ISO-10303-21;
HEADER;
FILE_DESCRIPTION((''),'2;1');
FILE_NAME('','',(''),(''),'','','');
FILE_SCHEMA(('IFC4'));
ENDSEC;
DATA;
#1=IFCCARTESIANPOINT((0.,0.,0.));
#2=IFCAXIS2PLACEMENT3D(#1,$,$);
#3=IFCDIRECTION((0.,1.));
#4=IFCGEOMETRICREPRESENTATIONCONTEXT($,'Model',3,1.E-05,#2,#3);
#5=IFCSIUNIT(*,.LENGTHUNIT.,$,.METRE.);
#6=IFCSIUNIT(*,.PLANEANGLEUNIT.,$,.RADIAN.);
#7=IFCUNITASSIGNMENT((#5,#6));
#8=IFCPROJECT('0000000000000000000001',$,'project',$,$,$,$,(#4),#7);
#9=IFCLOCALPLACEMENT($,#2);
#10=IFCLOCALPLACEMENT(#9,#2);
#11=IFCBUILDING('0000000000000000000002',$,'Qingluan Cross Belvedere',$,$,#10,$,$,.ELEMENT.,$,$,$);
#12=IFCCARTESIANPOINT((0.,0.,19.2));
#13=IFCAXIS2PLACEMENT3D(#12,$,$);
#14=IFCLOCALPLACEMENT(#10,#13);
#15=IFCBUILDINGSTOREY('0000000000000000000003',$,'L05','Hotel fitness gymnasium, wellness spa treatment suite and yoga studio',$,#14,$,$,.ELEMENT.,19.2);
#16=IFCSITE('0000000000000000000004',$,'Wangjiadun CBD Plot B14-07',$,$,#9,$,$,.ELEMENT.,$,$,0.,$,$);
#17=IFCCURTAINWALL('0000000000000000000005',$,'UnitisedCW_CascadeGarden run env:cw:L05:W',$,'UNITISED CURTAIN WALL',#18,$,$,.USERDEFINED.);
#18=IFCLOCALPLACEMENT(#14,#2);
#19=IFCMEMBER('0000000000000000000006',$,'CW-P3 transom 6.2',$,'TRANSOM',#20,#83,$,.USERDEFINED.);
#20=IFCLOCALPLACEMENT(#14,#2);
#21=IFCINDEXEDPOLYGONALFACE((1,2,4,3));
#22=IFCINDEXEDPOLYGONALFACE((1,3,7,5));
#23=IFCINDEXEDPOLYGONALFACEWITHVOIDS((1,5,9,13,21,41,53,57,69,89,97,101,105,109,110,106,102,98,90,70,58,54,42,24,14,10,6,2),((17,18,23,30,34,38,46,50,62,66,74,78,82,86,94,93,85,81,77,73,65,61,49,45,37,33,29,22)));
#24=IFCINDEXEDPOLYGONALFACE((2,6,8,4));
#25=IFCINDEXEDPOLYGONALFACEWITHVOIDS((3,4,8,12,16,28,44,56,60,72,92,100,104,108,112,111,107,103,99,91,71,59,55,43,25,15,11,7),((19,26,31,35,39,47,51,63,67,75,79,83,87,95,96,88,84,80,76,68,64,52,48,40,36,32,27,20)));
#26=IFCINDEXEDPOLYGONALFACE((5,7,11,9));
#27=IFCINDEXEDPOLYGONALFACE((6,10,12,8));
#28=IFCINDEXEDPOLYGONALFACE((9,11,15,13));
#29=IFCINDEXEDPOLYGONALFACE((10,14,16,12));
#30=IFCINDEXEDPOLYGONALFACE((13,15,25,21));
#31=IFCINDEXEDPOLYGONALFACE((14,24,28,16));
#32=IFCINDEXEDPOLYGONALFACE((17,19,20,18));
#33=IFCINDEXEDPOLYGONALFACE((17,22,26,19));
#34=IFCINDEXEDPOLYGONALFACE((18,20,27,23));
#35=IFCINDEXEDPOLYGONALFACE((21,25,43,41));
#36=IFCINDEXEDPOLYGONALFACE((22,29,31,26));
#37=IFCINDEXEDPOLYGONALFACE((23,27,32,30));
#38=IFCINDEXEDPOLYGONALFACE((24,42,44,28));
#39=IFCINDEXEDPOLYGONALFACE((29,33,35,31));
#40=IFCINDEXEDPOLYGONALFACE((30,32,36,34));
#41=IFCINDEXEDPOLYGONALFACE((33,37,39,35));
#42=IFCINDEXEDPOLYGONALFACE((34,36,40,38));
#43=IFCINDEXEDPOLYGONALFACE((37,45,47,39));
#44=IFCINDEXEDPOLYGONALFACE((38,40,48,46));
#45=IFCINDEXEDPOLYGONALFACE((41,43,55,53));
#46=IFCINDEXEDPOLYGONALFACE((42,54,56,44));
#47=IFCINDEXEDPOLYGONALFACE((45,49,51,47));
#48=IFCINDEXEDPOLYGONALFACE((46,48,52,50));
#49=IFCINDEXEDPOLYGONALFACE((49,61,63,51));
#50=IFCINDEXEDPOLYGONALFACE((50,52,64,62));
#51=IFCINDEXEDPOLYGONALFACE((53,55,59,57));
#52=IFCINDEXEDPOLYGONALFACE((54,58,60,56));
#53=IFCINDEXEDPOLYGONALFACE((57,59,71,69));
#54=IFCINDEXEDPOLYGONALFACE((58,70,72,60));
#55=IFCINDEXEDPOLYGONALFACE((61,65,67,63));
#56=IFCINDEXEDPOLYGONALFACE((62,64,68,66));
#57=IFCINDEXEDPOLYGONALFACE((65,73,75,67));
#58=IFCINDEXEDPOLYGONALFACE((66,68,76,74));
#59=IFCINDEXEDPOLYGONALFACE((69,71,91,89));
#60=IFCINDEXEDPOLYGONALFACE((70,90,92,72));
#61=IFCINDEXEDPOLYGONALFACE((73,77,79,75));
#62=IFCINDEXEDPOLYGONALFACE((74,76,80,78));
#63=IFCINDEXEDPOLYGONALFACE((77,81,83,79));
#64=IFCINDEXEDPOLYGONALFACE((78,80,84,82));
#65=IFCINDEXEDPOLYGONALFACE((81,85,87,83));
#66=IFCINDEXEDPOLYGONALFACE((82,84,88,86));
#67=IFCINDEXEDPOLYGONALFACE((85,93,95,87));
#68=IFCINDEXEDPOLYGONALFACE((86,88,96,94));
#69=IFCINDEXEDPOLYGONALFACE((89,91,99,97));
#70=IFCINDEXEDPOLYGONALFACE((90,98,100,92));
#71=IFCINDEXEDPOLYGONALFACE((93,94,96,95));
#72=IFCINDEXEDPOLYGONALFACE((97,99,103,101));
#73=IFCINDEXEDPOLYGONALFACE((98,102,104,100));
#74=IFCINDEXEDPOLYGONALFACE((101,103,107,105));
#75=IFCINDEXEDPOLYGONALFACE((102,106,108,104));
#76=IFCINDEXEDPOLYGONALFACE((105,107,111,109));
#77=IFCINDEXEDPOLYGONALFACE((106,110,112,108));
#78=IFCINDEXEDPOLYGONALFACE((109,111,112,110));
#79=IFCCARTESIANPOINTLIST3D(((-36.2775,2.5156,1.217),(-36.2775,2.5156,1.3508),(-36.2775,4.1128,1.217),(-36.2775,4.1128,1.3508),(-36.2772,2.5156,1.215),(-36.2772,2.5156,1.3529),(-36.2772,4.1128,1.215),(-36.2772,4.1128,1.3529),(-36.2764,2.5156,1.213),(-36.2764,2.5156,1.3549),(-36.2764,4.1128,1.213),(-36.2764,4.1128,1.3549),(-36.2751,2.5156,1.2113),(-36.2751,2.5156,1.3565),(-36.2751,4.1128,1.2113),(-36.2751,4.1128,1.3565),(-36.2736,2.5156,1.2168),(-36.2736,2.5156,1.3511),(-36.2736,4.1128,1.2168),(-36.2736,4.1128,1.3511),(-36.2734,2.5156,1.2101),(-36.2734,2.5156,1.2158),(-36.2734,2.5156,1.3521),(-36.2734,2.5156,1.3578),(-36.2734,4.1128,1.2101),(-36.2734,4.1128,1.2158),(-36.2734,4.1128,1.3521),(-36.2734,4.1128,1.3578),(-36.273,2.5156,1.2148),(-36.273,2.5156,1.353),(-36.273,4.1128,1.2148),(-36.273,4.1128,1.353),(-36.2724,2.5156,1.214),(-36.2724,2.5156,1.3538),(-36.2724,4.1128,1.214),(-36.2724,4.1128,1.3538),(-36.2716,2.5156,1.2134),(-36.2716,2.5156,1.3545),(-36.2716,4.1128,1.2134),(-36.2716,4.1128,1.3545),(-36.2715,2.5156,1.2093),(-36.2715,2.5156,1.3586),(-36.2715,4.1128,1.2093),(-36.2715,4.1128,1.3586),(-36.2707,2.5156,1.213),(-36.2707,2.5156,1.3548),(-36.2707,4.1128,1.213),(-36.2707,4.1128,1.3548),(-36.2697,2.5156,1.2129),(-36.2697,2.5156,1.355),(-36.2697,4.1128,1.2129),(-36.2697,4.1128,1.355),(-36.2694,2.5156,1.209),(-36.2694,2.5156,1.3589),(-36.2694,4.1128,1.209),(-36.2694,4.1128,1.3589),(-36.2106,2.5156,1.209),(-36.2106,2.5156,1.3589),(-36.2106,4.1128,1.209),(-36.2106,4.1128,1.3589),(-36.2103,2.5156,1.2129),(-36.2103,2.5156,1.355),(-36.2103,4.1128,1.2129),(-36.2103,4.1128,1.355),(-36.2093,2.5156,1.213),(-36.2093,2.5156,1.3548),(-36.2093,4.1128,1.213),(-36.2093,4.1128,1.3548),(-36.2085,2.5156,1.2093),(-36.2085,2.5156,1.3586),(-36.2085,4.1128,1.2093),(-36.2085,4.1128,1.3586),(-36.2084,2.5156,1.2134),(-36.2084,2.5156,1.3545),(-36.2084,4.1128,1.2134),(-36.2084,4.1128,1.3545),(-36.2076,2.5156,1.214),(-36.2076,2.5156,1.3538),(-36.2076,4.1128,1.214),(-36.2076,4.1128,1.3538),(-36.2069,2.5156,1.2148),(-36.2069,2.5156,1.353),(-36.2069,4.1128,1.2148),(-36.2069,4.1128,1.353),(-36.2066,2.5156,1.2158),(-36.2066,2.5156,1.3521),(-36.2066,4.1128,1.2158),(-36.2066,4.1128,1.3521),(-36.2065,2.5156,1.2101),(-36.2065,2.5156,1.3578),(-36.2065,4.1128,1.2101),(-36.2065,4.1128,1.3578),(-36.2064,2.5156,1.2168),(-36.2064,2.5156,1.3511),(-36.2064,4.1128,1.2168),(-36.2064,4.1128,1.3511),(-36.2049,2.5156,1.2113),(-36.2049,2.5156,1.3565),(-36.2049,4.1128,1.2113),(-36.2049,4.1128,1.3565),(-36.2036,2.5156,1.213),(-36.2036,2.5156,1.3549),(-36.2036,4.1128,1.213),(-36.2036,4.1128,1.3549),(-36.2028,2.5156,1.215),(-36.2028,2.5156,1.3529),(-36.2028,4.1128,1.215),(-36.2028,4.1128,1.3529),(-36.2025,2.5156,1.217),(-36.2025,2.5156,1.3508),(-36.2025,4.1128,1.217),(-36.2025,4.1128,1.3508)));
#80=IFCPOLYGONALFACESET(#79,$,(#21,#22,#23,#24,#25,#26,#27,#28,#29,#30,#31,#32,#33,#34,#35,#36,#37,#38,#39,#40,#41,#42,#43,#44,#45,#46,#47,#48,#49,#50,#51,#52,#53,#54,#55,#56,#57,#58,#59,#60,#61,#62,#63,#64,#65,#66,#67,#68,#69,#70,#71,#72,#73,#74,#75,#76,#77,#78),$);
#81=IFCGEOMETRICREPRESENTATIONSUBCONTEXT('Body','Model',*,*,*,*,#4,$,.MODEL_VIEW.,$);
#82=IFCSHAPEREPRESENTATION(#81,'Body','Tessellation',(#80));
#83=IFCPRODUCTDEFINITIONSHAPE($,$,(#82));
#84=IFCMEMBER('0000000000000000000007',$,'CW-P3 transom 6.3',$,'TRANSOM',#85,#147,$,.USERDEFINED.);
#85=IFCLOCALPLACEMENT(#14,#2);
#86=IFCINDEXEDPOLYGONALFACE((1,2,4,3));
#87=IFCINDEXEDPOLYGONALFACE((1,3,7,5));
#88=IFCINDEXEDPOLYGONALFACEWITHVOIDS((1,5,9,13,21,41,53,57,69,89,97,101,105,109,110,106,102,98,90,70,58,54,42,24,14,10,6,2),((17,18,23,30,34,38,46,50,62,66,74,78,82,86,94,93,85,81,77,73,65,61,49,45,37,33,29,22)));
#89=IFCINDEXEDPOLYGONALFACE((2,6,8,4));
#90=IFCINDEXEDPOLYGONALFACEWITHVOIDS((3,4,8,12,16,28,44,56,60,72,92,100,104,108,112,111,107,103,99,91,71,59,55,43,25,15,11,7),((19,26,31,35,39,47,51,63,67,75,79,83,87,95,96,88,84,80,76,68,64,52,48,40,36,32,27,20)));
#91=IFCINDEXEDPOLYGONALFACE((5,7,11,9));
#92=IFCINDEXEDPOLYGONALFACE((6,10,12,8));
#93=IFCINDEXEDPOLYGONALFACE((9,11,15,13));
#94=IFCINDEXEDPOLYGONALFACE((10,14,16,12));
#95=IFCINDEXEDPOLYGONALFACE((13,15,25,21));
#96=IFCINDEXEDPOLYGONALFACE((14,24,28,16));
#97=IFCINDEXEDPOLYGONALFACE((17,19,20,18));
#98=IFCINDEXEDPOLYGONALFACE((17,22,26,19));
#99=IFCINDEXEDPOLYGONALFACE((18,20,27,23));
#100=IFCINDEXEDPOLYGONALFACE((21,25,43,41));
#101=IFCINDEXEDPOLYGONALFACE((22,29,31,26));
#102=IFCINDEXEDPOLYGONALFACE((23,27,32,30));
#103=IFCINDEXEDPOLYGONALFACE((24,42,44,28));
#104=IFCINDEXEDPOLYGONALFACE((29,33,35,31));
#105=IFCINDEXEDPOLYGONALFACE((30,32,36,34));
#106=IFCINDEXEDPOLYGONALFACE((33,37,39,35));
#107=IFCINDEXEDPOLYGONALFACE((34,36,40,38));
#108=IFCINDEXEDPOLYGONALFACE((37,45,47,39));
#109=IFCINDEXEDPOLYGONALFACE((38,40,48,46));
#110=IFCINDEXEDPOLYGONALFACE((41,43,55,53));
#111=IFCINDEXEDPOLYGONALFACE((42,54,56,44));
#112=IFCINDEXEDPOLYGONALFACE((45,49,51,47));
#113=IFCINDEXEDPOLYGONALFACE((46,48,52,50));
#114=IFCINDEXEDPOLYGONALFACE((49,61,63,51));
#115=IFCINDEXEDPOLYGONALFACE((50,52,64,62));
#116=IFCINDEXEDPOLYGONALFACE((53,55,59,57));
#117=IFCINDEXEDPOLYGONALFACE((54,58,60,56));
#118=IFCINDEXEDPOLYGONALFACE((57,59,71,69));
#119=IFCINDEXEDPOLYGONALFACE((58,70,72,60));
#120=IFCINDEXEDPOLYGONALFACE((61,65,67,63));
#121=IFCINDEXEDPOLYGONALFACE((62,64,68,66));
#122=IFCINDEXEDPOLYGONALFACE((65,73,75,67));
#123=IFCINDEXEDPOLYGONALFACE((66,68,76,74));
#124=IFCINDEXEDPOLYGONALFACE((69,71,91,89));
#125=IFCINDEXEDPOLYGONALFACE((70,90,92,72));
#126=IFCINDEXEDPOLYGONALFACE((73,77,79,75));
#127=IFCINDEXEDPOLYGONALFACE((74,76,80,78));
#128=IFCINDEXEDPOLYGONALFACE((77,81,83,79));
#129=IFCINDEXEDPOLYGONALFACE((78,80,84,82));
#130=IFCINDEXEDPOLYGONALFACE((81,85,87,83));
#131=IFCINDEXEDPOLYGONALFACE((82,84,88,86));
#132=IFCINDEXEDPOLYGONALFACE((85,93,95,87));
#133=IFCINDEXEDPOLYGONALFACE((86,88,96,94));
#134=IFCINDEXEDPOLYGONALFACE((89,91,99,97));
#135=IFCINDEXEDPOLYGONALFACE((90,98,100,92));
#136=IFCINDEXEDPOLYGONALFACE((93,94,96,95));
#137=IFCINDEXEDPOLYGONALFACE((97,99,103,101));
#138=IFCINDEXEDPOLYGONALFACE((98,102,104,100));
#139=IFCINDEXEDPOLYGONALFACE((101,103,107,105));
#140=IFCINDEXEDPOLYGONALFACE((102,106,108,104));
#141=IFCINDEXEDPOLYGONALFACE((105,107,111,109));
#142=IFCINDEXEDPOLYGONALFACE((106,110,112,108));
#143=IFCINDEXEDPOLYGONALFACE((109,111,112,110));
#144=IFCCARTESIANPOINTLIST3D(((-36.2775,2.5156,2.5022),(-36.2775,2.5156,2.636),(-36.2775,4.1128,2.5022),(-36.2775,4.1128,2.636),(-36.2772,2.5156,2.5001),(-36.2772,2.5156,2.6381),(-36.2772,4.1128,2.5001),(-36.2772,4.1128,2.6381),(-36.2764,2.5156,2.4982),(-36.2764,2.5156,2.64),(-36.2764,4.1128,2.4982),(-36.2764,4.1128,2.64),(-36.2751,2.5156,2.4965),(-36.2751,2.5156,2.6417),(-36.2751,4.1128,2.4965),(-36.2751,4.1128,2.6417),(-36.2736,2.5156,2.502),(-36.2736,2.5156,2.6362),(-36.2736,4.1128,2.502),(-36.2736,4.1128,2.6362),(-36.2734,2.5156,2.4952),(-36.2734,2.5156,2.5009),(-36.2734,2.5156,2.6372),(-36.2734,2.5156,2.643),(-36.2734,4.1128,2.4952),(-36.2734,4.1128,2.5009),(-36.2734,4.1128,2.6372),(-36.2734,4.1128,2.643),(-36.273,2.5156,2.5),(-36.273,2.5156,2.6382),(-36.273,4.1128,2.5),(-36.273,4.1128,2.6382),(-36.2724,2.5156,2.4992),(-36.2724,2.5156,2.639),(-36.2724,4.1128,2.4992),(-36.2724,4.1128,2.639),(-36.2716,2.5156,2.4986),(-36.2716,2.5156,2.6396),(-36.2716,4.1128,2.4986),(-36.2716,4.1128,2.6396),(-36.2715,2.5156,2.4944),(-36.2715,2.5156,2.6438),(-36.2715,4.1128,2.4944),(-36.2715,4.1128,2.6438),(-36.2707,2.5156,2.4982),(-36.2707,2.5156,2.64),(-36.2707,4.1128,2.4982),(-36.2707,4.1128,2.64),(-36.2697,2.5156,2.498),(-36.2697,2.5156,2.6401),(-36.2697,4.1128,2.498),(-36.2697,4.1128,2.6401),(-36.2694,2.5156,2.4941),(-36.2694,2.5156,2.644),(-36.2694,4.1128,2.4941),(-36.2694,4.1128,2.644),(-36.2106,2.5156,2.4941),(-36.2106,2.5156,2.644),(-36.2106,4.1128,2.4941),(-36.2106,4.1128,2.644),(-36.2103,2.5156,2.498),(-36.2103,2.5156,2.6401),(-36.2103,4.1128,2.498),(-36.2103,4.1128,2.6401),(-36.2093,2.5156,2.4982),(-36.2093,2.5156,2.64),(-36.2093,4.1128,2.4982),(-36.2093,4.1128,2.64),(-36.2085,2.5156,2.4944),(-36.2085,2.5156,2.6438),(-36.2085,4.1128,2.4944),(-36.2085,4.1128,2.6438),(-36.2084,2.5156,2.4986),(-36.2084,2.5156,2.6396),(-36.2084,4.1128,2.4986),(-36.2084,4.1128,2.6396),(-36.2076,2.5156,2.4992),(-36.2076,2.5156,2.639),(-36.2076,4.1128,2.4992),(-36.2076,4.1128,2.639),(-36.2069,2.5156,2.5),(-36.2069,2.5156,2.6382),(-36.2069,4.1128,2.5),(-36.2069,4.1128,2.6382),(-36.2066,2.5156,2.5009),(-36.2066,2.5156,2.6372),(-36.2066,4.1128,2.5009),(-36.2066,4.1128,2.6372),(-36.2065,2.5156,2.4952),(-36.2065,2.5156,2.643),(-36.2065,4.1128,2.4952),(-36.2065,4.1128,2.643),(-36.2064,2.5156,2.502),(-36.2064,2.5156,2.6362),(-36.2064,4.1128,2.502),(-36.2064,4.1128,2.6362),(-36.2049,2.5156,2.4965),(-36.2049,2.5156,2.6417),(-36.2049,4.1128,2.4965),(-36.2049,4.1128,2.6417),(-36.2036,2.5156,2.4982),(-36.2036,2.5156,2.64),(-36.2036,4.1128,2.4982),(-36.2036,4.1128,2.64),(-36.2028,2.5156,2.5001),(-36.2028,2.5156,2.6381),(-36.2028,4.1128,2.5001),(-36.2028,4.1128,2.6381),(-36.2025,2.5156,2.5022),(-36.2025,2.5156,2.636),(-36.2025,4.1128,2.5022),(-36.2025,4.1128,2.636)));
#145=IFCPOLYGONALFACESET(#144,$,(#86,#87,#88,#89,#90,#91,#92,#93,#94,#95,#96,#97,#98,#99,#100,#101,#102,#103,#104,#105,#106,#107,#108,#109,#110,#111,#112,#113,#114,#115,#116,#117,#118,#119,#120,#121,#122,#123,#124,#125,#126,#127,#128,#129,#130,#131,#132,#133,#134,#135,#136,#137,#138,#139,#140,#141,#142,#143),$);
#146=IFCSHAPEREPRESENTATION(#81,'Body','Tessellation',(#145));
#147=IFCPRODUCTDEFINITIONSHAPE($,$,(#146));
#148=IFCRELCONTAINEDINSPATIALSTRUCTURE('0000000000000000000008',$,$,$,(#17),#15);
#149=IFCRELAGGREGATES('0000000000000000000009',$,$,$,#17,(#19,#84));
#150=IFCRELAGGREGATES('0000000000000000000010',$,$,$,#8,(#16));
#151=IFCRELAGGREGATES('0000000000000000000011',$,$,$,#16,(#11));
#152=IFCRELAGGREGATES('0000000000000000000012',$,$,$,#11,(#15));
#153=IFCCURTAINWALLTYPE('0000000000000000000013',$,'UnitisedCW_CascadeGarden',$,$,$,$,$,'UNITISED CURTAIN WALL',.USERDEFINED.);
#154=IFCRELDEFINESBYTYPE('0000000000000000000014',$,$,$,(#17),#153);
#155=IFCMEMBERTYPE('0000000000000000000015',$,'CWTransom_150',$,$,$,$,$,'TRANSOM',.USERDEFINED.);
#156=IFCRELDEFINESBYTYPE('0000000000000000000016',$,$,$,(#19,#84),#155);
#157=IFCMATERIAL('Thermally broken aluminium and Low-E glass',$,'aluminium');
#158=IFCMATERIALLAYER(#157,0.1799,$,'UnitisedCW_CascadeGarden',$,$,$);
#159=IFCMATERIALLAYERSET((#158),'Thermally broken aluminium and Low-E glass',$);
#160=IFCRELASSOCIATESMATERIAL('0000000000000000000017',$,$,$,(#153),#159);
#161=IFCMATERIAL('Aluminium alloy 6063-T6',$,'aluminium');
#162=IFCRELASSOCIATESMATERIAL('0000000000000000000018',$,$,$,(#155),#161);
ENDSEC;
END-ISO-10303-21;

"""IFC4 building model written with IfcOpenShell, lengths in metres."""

from ifc_helpers import new_model, si_unit, direction, frame, origin, origin_2d, place, context, subcontext, project, spatial, hollow_rectangle, extrude, material, layer, layer_set, material_profile, profile_set, type_object, element, aggregate, save


model = new_model("IFC4")

# Units and contexts
model_context = context("Model", 3, precision=1e-05, world=origin(), true_north=direction((0.0, 1.0)))
body_context = subcontext(model_context, "Body", "Model", "MODEL_VIEW")
ifc_project = project(units=[si_unit("LENGTHUNIT", "METRE"), si_unit("PLANEANGLEUNIT", "RADIAN")], contexts=[model_context])

# Site, building, storey
site_placement = place(None, origin())
site = spatial("IfcSite", under=ifc_project, at=site_placement, Name="Wangjiadun CBD Plot B14-07", CompositionType="ELEMENT", RefElevation=0.0)
building_placement = place(site_placement, origin())
building = spatial("IfcBuilding", under=site, at=building_placement, Name="Qingluan Cross Belvedere", CompositionType="ELEMENT")
storey_placement = place(building_placement, frame((0.0, 0.0, 19.2)))
storey = spatial("IfcBuildingStorey", under=building, at=storey_placement, Name="L05", Description="Hotel fitness gymnasium, wellness spa treatment suite and yoga studio", CompositionType="ELEMENT", Elevation=19.2)

# Curtain wall, members
ifc_material_1 = material(Name="Thermally broken aluminium and Low-E glass", Category="aluminium")
ifc_layer_1 = layer(ifc_material_1, 0.1799, Name="UnitisedCW_CascadeGarden")
ifc_layer_set_1 = layer_set([ifc_layer_1], Name="Thermally broken aluminium and Low-E glass")
curtain_wall_type = type_object("IfcCurtainWallType", Name="UnitisedCW_CascadeGarden", ElementType="UNITISED CURTAIN WALL", PredefinedType="USERDEFINED", material=ifc_layer_set_1)
curtain_wall_placement = place(storey_placement, origin())
curtain_wall = element("IfcCurtainWall", 1, at=curtain_wall_placement, inside=storey, type_object=curtain_wall_type, Name="UnitisedCW_CascadeGarden run env:cw:L05:W", ObjectType="UNITISED CURTAIN WALL", PredefinedType="USERDEFINED")
ifc_material_2 = material(Name="Aluminium alloy 6063-T6", Category="aluminium")
ifc_material_profile_1 = material_profile(ifc_material_2, hollow_rectangle(XDim=0.075, YDim=0.1499, WallThickness=0.0039, InnerFilletRadius=0.0039, OuterFilletRadius=0.0081, at=origin_2d()), Name="CWT150x75x4")
ifc_profile_set_1 = profile_set([ifc_material_profile_1], Name="Aluminium alloy 6063-T6")
member_type_1 = type_object("IfcMemberType", Name="CWTransom_150", ElementType="TRANSOM", PredefinedType="USERDEFINED", material=ifc_profile_set_1)
member_1_placement = place(storey_placement, frame((-36.24, 2.5156, 1.2839), z_axis=(0.0, 1.0, 0.0), x_axis=(-1.0, 0.0, 0.0)))
member_1 = element("IfcMember", 2, at=member_1_placement, type_object=member_type_1, Name="CW-P3 transom 6.2", ObjectType="TRANSOM", PredefinedType="USERDEFINED", context=body_context, shape_type="SweptSolid", body=[
    extrude(hollow_rectangle(XDim=0.075, YDim=0.1499, WallThickness=0.0039, InnerFilletRadius=0.0039, OuterFilletRadius=0.0081, at=origin_2d()), origin(), (0.0, 0.0, 1.0), 1.5972),
])
member_2_placement = place(storey_placement, frame((-36.24, 2.5156, 2.5691), z_axis=(0.0, 1.0, 0.0), x_axis=(-1.0, 0.0, 0.0)))
member_2 = element("IfcMember", 3, at=member_2_placement, type_object=member_type_1, Name="CW-P3 transom 6.3", ObjectType="TRANSOM", PredefinedType="USERDEFINED", context=body_context, shape_type="SweptSolid", body=[
    extrude(hollow_rectangle(XDim=0.075, YDim=0.1499, WallThickness=0.0039, InnerFilletRadius=0.0039, OuterFilletRadius=0.0081, at=origin_2d()), origin(), (0.0, 0.0, 1.0), 1.5972),
])

aggregate(curtain_wall, [member_1, member_2])

save(model, "model.ifc")
